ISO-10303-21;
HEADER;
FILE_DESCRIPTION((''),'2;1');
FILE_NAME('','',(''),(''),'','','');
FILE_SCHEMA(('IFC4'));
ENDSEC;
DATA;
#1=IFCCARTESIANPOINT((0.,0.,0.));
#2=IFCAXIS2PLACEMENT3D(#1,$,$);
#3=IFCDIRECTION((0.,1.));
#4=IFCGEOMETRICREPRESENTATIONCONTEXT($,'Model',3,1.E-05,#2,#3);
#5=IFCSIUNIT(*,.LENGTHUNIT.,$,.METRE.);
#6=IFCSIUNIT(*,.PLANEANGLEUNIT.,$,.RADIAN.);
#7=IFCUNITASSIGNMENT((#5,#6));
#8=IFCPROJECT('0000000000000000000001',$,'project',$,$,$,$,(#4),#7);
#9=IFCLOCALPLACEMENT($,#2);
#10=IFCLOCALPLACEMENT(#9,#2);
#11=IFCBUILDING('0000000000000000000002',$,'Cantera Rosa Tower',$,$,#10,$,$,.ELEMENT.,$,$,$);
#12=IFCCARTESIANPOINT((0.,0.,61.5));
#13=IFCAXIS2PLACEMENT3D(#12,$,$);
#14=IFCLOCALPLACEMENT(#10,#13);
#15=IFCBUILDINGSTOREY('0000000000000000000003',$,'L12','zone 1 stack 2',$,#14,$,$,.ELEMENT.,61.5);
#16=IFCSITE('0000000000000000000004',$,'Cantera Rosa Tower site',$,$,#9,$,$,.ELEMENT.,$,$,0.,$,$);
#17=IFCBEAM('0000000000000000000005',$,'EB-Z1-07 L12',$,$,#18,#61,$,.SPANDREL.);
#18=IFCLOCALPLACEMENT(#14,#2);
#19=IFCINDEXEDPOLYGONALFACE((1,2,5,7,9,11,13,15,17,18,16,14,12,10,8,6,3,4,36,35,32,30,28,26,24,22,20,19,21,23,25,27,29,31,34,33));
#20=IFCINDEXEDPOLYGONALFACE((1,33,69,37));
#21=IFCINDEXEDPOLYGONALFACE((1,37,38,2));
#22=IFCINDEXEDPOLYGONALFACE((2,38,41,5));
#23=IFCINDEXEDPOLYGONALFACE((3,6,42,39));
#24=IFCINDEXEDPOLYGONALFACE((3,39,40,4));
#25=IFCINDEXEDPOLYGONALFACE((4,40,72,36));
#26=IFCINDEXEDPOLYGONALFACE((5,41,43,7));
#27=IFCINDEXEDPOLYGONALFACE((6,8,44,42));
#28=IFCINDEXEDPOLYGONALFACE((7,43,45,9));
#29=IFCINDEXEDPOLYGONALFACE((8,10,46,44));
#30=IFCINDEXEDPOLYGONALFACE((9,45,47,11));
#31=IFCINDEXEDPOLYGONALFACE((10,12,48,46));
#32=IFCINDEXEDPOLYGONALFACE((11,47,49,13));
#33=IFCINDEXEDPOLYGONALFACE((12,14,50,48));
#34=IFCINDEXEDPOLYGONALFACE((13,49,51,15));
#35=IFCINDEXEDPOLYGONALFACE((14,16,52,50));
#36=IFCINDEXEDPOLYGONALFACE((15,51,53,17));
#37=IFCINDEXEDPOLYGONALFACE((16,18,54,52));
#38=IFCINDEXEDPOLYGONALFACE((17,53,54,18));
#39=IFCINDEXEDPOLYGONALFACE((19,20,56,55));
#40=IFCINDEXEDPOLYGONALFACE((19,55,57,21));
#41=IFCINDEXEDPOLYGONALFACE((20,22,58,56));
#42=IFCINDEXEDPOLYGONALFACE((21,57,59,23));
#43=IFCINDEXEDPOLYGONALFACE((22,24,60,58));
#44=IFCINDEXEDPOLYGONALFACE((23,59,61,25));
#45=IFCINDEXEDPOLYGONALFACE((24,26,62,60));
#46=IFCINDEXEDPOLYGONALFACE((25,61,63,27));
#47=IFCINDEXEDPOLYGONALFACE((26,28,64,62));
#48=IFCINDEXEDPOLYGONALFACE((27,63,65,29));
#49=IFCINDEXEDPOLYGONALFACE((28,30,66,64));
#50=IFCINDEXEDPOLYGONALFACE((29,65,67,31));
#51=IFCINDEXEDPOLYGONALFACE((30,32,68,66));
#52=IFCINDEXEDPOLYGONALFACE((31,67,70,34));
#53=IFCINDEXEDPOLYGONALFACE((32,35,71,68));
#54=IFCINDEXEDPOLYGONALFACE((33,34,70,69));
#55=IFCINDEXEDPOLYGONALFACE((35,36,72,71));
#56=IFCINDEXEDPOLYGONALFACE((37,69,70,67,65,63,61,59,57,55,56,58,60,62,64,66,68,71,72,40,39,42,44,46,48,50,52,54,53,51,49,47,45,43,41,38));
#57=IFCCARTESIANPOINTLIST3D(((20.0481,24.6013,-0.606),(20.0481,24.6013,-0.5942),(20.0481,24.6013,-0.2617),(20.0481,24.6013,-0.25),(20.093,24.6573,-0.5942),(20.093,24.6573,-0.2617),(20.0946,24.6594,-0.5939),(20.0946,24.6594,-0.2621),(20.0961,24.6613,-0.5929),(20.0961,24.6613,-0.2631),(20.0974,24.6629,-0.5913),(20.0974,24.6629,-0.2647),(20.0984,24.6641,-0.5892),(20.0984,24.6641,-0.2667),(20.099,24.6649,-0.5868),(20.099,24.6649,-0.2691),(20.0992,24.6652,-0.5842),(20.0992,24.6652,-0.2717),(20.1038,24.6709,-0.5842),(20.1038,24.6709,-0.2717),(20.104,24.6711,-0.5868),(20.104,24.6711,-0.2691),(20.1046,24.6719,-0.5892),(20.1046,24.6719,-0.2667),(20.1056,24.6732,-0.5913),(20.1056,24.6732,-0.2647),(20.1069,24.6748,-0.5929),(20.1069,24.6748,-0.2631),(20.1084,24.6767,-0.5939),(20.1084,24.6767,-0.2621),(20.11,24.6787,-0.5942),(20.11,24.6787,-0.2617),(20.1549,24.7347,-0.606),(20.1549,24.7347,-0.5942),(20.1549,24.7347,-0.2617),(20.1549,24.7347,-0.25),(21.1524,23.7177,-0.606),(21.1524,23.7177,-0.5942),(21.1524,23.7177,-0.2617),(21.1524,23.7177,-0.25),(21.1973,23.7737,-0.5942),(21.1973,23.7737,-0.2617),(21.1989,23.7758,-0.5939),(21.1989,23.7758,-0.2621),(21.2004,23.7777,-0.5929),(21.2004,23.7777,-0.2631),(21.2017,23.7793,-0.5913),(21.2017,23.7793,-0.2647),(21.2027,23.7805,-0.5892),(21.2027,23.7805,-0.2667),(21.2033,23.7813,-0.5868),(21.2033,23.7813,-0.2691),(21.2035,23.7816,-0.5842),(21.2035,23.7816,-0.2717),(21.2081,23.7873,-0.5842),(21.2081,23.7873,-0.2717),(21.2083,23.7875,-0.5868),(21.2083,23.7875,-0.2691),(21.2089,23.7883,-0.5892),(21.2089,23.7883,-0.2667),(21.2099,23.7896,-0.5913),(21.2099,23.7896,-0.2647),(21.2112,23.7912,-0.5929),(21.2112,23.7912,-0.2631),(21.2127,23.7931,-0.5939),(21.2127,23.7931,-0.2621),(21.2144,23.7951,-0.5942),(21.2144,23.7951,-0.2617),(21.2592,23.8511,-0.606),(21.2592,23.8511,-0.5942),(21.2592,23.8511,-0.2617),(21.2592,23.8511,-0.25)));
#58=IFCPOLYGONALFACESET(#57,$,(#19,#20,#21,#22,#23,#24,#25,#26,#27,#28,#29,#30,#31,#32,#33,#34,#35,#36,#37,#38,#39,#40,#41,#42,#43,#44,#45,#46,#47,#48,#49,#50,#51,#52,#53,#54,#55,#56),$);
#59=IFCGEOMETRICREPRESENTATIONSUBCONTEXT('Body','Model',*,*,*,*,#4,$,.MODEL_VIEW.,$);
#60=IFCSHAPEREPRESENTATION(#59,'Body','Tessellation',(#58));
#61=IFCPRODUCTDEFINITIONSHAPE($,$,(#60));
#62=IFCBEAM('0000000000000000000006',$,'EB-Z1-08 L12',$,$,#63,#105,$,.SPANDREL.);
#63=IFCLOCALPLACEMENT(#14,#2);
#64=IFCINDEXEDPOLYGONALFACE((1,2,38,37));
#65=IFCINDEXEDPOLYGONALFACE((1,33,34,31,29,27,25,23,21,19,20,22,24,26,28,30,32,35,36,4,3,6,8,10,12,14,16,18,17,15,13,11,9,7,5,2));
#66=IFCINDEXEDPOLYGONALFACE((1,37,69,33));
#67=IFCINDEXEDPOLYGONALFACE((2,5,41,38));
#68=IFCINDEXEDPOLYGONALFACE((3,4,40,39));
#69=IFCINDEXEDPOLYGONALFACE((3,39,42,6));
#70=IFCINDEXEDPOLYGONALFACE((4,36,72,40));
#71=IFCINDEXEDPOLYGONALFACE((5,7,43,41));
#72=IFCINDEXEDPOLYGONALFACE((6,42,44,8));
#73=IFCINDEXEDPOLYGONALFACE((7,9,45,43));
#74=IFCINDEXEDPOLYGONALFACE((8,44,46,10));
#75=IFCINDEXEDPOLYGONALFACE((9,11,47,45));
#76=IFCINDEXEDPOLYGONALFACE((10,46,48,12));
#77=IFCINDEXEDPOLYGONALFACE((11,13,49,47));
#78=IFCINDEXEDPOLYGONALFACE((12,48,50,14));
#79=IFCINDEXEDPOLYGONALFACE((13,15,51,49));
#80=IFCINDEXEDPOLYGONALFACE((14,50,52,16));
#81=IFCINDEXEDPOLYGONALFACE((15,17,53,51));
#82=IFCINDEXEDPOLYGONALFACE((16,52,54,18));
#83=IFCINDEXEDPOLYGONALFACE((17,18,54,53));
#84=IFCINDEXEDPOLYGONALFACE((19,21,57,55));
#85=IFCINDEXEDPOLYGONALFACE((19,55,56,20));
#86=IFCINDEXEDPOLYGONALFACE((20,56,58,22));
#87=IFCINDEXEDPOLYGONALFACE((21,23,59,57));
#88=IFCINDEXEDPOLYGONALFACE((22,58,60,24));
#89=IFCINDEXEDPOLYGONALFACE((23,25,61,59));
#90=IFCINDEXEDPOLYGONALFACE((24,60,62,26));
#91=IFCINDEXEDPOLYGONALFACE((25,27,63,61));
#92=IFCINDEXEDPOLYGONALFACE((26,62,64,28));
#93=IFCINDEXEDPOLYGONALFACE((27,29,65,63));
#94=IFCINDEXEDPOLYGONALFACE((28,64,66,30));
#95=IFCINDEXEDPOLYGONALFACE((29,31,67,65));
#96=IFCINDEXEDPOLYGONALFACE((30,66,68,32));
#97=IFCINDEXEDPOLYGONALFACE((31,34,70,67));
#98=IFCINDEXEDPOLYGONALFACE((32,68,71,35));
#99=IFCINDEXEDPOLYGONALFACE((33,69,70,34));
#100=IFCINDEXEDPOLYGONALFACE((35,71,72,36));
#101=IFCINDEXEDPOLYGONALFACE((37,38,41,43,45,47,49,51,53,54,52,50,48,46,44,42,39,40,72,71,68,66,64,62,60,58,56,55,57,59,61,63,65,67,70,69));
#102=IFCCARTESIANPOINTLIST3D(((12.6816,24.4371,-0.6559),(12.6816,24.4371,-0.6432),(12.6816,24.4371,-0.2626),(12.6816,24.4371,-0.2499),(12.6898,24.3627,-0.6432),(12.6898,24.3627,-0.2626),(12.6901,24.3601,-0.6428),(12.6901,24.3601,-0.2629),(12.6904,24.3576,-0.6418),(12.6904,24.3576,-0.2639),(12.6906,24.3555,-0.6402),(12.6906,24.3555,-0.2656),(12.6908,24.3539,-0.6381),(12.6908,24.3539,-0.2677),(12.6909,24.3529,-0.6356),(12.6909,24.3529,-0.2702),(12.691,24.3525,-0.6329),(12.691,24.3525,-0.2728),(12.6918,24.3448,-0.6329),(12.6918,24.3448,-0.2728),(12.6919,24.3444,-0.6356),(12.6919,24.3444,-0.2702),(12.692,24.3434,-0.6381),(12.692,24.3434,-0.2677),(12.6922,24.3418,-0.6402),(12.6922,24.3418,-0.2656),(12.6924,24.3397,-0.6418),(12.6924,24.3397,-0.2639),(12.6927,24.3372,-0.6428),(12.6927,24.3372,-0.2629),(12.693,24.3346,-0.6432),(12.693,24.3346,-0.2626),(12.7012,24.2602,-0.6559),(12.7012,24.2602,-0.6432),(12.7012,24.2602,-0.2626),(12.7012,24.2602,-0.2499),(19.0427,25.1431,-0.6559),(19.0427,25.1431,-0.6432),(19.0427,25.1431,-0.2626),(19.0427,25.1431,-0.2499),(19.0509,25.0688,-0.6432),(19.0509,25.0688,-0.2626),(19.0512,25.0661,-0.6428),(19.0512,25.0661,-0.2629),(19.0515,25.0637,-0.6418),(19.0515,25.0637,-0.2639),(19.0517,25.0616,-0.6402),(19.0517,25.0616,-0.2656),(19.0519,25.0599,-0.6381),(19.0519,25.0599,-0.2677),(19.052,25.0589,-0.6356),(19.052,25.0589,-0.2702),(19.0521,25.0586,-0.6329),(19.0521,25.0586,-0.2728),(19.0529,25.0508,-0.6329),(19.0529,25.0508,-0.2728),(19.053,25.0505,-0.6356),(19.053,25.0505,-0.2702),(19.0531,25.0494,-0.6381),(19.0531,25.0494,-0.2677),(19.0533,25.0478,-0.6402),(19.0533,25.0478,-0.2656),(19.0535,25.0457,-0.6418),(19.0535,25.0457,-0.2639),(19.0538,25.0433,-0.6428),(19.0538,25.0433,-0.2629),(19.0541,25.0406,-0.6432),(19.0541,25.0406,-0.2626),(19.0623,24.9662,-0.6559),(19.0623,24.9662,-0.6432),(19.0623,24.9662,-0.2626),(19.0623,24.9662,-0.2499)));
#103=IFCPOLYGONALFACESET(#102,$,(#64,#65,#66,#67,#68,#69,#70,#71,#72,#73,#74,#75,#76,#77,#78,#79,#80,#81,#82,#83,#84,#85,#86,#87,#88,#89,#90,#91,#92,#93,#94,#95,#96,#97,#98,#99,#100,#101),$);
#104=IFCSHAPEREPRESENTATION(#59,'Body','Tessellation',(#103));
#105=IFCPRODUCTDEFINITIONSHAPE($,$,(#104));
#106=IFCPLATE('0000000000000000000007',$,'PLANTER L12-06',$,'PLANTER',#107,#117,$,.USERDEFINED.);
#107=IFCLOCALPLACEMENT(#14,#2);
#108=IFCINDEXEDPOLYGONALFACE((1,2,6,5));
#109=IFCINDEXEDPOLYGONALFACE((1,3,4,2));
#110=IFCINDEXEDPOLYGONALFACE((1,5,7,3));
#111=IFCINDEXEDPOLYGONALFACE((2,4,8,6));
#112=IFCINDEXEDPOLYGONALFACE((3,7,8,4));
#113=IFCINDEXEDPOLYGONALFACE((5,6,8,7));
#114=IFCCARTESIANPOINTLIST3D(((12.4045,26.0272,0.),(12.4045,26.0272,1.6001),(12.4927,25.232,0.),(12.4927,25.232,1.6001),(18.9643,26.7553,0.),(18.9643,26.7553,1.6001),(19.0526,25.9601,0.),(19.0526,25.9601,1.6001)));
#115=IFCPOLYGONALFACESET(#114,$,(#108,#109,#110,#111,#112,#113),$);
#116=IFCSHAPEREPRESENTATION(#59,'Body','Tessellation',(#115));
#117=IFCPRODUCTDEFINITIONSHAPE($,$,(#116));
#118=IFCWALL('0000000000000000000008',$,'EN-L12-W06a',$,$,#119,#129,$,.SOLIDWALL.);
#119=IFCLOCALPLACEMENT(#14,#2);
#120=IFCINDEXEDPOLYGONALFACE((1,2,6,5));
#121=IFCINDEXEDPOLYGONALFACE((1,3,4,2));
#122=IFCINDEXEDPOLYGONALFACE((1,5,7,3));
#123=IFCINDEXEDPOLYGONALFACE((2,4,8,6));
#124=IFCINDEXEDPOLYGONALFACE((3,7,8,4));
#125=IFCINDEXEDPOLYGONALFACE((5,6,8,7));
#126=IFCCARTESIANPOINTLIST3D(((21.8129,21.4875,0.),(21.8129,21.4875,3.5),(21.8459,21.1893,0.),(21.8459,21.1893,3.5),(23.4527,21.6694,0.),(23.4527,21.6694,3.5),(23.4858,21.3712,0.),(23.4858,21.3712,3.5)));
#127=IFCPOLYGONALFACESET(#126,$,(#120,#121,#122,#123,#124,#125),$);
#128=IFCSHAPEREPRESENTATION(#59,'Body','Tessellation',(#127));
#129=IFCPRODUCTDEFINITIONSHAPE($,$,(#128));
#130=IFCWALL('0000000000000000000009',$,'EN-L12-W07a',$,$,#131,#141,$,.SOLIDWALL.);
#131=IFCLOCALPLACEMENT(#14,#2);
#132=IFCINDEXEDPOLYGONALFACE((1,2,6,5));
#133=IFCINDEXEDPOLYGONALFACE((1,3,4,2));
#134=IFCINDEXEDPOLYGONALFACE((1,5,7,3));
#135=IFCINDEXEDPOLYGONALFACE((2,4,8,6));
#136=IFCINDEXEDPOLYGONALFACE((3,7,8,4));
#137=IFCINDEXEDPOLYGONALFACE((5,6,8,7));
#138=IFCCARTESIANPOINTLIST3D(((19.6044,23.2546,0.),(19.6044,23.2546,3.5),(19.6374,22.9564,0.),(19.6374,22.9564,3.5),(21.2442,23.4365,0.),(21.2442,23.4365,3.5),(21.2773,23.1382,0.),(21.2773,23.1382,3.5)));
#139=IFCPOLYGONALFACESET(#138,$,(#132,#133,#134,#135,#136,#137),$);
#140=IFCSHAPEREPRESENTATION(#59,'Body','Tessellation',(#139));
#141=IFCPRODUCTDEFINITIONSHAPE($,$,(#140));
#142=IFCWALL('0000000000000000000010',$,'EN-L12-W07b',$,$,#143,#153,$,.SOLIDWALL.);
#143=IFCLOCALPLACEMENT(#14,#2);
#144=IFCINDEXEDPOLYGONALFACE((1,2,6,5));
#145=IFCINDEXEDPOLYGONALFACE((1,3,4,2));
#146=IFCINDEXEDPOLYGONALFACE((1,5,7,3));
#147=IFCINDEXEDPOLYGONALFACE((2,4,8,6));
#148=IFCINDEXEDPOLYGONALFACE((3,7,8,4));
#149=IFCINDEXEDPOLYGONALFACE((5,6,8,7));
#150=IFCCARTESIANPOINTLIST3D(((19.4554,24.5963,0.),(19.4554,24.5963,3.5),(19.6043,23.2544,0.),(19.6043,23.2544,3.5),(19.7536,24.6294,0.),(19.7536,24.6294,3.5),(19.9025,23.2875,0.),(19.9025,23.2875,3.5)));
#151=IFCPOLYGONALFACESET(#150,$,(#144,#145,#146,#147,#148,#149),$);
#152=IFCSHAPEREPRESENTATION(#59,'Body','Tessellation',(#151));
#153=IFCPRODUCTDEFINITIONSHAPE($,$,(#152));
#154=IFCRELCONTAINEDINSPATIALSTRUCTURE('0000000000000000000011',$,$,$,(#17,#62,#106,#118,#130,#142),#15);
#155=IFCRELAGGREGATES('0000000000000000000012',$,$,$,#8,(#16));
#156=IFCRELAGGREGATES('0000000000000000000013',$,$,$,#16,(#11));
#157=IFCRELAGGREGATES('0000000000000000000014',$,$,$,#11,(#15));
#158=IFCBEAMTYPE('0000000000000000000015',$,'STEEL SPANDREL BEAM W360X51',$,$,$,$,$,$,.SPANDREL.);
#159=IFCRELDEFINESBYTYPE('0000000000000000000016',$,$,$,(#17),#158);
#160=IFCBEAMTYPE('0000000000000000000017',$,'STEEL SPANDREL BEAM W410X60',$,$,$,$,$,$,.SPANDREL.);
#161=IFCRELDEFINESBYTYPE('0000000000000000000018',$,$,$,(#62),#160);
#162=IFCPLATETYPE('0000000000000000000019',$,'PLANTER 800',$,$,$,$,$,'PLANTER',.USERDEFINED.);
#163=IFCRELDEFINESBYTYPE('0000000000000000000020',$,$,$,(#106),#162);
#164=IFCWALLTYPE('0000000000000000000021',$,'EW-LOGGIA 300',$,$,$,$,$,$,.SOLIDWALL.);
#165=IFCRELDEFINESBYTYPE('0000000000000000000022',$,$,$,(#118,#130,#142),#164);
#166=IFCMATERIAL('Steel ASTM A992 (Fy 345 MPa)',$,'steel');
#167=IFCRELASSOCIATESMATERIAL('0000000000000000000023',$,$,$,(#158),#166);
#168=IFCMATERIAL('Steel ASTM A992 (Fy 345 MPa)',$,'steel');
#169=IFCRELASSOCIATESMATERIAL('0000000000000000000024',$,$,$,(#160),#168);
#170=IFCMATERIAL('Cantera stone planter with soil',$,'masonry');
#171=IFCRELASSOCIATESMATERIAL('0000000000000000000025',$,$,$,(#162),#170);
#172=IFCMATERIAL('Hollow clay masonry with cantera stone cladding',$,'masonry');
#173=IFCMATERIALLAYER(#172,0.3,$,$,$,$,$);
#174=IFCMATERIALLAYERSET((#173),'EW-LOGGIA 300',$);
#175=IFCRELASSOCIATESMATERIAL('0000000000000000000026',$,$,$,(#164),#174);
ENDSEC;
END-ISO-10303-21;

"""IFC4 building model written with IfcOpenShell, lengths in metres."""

from ifc_helpers import new_model, si_unit, direction, frame, frame_2d, origin, origin_2d, place, context, subcontext, project, spatial, rectangle, i_section, extrude, material, layer, layer_set, material_profile, profile_set, type_object, element, save


model = new_model("IFC4")

# Units and contexts
model_context = context("Model", 3, precision=1e-05, world=origin(), true_north=direction((0.0, 1.0)))
body_context = subcontext(model_context, "Body", "Model", "MODEL_VIEW")
ifc_project = project(units=[si_unit("LENGTHUNIT", "METRE"), si_unit("PLANEANGLEUNIT", "RADIAN")], contexts=[model_context])

# Site, building, storey
site_placement = place(None, origin())
site = spatial("IfcSite", under=ifc_project, at=site_placement, Name="Cantera Rosa Tower site", CompositionType="ELEMENT", RefElevation=0.0)
building_placement = place(site_placement, origin())
building = spatial("IfcBuilding", under=site, at=building_placement, Name="Cantera Rosa Tower", CompositionType="ELEMENT")
storey_placement = place(building_placement, frame((0.0, 0.0, 61.5)))
storey = spatial("IfcBuildingStorey", under=building, at=storey_placement, Name="L12", Description="zone 1 stack 2", CompositionType="ELEMENT", Elevation=61.5)

# Beams
ifc_material_1 = material(Name="Steel ASTM A992 (Fy 345 MPa)", Category="steel")
ifc_material_profile_1 = material_profile(ifc_material_1, i_section(OverallWidth=0.1709, OverallDepth=0.356, WebThickness=0.0073, FlangeThickness=0.0117, FilletRadius=0.01, at=origin_2d()), Name="W360X51")
ifc_profile_set_1 = profile_set([ifc_material_profile_1], Name="Steel ASTM A992 (Fy 345 MPa)")
beam_type_1 = type_object("IfcBeamType", Name="STEEL SPANDREL BEAM W360X51", PredefinedType="SPANDREL", material=ifc_profile_set_1)
for number, where, z_axis, x_axis, name in (
    (1, (21.2058, 23.7844, -0.428), (-0.780818, 0.624758, 0.0), (-0.624758, -0.780818, 0.0), "EB-Z1-07 L12"),
):
    element("IfcBeam", number, at=place(storey_placement, frame(where, z_axis=z_axis, x_axis=x_axis)), inside=storey, type_object=beam_type_1, Name=name, PredefinedType="SPANDREL", context=body_context, shape_type="SweptSolid", body=[
        extrude(i_section(OverallWidth=0.1709, OverallDepth=0.356, WebThickness=0.0073, FlangeThickness=0.0117, FilletRadius=0.01, at=origin_2d()), origin(), (0.0, 0.0, 1.0), 1.4143),
    ])
ifc_material_2 = material(Name="Steel ASTM A992 (Fy 345 MPa)", Category="steel")
ifc_material_profile_2 = material_profile(ifc_material_2, i_section(OverallWidth=0.178, OverallDepth=0.406, WebThickness=0.0078, FlangeThickness=0.0127, FilletRadius=0.0103, at=origin_2d()), Name="W410X60")
ifc_profile_set_2 = profile_set([ifc_material_profile_2], Name="Steel ASTM A992 (Fy 345 MPa)")
beam_type_2 = type_object("IfcBeamType", Name="STEEL SPANDREL BEAM W410X60", PredefinedType="SPANDREL", material=ifc_profile_set_2)
beam_1_placement = place(storey_placement, frame((19.0525, 25.0547, -0.4529), z_axis=(-0.993896, -0.110318, 0.0), x_axis=(0.110318, -0.993896, 0.0)))
element("IfcBeam", 2, at=beam_1_placement, inside=storey, type_object=beam_type_2, Name="EB-Z1-08 L12", PredefinedType="SPANDREL", context=body_context, shape_type="SweptSolid", body=[
    extrude(i_section(OverallWidth=0.178, OverallDepth=0.406, WebThickness=0.0078, FlangeThickness=0.0127, FilletRadius=0.0103, at=origin_2d()), origin(), (0.0, 0.0, 1.0), 6.4001),
])

# Plate
ifc_material_3 = material(Name="Cantera stone planter with soil", Category="masonry")
plate_type = type_object("IfcPlateType", Name="PLANTER 800", ElementType="PLANTER", PredefinedType="USERDEFINED", material=ifc_material_3)
plate_placement = place(storey_placement, frame((15.7285, 25.9937, 0.0), z_axis=(0.0, 0.0, 1.0), x_axis=(-0.993897, -0.110313, 0.0)))
element("IfcPlate", 3, at=plate_placement, inside=storey, type_object=plate_type, Name="PLANTER L12-06", ObjectType="PLANTER", PredefinedType="USERDEFINED", context=body_context, shape_type="SweptSolid", body=[
    extrude(rectangle(XDim=6.6001, YDim=0.8, at=origin_2d()), origin(), (0.0, 0.0, 1.0), 1.6001),
])

# Walls
ifc_material_4 = material(Name="Hollow clay masonry with cantera stone cladding", Category="masonry")
ifc_layer_1 = layer(ifc_material_4, 0.3)
ifc_layer_set_1 = layer_set([ifc_layer_1], Name="EW-LOGGIA 300")
wall_type_1 = type_object("IfcWallType", Name="EW-LOGGIA 300", PredefinedType="SOLIDWALL", material=ifc_layer_set_1)
for number, where, z_axis, x_axis, name in (
    (4, (23.4692, 21.5203, 0.0), (0.0, 0.0, 1.0), (-0.993905, -0.110237, 0.0), "EN-L12-W06a"),
    (5, (21.2607, 23.2874, 0.0), (0.0, 0.0, 1.0), (-0.993905, -0.110237, 0.0), "EN-L12-W07a"),
):
    element("IfcWall", number, at=place(storey_placement, frame(where, z_axis=z_axis, x_axis=x_axis)), inside=storey, type_object=wall_type_1, Name=name, PredefinedType="SOLIDWALL", context=body_context, shape_type="SweptSolid", body=[
        extrude(rectangle(XDim=1.6499, YDim=0.3, at=frame_2d((0.825, 0.0))), origin(), (0.0, 0.0, 1.0), 3.5),
    ])
wall_1_placement = place(storey_placement, frame((19.7534, 23.271, 0.0), z_axis=(0.0, 0.0, 1.0), x_axis=(-0.110312, 0.993897, 0.0)))
element("IfcWall", 6, at=wall_1_placement, inside=storey, type_object=wall_type_1, Name="EN-L12-W07b", PredefinedType="SOLIDWALL", context=body_context, shape_type="SweptSolid", body=[
    extrude(rectangle(XDim=1.3501, YDim=0.3, at=frame_2d((0.675, 0.0))), origin(), (0.0, 0.0, 1.0), 3.5),
])

save(model, "model.ifc")
